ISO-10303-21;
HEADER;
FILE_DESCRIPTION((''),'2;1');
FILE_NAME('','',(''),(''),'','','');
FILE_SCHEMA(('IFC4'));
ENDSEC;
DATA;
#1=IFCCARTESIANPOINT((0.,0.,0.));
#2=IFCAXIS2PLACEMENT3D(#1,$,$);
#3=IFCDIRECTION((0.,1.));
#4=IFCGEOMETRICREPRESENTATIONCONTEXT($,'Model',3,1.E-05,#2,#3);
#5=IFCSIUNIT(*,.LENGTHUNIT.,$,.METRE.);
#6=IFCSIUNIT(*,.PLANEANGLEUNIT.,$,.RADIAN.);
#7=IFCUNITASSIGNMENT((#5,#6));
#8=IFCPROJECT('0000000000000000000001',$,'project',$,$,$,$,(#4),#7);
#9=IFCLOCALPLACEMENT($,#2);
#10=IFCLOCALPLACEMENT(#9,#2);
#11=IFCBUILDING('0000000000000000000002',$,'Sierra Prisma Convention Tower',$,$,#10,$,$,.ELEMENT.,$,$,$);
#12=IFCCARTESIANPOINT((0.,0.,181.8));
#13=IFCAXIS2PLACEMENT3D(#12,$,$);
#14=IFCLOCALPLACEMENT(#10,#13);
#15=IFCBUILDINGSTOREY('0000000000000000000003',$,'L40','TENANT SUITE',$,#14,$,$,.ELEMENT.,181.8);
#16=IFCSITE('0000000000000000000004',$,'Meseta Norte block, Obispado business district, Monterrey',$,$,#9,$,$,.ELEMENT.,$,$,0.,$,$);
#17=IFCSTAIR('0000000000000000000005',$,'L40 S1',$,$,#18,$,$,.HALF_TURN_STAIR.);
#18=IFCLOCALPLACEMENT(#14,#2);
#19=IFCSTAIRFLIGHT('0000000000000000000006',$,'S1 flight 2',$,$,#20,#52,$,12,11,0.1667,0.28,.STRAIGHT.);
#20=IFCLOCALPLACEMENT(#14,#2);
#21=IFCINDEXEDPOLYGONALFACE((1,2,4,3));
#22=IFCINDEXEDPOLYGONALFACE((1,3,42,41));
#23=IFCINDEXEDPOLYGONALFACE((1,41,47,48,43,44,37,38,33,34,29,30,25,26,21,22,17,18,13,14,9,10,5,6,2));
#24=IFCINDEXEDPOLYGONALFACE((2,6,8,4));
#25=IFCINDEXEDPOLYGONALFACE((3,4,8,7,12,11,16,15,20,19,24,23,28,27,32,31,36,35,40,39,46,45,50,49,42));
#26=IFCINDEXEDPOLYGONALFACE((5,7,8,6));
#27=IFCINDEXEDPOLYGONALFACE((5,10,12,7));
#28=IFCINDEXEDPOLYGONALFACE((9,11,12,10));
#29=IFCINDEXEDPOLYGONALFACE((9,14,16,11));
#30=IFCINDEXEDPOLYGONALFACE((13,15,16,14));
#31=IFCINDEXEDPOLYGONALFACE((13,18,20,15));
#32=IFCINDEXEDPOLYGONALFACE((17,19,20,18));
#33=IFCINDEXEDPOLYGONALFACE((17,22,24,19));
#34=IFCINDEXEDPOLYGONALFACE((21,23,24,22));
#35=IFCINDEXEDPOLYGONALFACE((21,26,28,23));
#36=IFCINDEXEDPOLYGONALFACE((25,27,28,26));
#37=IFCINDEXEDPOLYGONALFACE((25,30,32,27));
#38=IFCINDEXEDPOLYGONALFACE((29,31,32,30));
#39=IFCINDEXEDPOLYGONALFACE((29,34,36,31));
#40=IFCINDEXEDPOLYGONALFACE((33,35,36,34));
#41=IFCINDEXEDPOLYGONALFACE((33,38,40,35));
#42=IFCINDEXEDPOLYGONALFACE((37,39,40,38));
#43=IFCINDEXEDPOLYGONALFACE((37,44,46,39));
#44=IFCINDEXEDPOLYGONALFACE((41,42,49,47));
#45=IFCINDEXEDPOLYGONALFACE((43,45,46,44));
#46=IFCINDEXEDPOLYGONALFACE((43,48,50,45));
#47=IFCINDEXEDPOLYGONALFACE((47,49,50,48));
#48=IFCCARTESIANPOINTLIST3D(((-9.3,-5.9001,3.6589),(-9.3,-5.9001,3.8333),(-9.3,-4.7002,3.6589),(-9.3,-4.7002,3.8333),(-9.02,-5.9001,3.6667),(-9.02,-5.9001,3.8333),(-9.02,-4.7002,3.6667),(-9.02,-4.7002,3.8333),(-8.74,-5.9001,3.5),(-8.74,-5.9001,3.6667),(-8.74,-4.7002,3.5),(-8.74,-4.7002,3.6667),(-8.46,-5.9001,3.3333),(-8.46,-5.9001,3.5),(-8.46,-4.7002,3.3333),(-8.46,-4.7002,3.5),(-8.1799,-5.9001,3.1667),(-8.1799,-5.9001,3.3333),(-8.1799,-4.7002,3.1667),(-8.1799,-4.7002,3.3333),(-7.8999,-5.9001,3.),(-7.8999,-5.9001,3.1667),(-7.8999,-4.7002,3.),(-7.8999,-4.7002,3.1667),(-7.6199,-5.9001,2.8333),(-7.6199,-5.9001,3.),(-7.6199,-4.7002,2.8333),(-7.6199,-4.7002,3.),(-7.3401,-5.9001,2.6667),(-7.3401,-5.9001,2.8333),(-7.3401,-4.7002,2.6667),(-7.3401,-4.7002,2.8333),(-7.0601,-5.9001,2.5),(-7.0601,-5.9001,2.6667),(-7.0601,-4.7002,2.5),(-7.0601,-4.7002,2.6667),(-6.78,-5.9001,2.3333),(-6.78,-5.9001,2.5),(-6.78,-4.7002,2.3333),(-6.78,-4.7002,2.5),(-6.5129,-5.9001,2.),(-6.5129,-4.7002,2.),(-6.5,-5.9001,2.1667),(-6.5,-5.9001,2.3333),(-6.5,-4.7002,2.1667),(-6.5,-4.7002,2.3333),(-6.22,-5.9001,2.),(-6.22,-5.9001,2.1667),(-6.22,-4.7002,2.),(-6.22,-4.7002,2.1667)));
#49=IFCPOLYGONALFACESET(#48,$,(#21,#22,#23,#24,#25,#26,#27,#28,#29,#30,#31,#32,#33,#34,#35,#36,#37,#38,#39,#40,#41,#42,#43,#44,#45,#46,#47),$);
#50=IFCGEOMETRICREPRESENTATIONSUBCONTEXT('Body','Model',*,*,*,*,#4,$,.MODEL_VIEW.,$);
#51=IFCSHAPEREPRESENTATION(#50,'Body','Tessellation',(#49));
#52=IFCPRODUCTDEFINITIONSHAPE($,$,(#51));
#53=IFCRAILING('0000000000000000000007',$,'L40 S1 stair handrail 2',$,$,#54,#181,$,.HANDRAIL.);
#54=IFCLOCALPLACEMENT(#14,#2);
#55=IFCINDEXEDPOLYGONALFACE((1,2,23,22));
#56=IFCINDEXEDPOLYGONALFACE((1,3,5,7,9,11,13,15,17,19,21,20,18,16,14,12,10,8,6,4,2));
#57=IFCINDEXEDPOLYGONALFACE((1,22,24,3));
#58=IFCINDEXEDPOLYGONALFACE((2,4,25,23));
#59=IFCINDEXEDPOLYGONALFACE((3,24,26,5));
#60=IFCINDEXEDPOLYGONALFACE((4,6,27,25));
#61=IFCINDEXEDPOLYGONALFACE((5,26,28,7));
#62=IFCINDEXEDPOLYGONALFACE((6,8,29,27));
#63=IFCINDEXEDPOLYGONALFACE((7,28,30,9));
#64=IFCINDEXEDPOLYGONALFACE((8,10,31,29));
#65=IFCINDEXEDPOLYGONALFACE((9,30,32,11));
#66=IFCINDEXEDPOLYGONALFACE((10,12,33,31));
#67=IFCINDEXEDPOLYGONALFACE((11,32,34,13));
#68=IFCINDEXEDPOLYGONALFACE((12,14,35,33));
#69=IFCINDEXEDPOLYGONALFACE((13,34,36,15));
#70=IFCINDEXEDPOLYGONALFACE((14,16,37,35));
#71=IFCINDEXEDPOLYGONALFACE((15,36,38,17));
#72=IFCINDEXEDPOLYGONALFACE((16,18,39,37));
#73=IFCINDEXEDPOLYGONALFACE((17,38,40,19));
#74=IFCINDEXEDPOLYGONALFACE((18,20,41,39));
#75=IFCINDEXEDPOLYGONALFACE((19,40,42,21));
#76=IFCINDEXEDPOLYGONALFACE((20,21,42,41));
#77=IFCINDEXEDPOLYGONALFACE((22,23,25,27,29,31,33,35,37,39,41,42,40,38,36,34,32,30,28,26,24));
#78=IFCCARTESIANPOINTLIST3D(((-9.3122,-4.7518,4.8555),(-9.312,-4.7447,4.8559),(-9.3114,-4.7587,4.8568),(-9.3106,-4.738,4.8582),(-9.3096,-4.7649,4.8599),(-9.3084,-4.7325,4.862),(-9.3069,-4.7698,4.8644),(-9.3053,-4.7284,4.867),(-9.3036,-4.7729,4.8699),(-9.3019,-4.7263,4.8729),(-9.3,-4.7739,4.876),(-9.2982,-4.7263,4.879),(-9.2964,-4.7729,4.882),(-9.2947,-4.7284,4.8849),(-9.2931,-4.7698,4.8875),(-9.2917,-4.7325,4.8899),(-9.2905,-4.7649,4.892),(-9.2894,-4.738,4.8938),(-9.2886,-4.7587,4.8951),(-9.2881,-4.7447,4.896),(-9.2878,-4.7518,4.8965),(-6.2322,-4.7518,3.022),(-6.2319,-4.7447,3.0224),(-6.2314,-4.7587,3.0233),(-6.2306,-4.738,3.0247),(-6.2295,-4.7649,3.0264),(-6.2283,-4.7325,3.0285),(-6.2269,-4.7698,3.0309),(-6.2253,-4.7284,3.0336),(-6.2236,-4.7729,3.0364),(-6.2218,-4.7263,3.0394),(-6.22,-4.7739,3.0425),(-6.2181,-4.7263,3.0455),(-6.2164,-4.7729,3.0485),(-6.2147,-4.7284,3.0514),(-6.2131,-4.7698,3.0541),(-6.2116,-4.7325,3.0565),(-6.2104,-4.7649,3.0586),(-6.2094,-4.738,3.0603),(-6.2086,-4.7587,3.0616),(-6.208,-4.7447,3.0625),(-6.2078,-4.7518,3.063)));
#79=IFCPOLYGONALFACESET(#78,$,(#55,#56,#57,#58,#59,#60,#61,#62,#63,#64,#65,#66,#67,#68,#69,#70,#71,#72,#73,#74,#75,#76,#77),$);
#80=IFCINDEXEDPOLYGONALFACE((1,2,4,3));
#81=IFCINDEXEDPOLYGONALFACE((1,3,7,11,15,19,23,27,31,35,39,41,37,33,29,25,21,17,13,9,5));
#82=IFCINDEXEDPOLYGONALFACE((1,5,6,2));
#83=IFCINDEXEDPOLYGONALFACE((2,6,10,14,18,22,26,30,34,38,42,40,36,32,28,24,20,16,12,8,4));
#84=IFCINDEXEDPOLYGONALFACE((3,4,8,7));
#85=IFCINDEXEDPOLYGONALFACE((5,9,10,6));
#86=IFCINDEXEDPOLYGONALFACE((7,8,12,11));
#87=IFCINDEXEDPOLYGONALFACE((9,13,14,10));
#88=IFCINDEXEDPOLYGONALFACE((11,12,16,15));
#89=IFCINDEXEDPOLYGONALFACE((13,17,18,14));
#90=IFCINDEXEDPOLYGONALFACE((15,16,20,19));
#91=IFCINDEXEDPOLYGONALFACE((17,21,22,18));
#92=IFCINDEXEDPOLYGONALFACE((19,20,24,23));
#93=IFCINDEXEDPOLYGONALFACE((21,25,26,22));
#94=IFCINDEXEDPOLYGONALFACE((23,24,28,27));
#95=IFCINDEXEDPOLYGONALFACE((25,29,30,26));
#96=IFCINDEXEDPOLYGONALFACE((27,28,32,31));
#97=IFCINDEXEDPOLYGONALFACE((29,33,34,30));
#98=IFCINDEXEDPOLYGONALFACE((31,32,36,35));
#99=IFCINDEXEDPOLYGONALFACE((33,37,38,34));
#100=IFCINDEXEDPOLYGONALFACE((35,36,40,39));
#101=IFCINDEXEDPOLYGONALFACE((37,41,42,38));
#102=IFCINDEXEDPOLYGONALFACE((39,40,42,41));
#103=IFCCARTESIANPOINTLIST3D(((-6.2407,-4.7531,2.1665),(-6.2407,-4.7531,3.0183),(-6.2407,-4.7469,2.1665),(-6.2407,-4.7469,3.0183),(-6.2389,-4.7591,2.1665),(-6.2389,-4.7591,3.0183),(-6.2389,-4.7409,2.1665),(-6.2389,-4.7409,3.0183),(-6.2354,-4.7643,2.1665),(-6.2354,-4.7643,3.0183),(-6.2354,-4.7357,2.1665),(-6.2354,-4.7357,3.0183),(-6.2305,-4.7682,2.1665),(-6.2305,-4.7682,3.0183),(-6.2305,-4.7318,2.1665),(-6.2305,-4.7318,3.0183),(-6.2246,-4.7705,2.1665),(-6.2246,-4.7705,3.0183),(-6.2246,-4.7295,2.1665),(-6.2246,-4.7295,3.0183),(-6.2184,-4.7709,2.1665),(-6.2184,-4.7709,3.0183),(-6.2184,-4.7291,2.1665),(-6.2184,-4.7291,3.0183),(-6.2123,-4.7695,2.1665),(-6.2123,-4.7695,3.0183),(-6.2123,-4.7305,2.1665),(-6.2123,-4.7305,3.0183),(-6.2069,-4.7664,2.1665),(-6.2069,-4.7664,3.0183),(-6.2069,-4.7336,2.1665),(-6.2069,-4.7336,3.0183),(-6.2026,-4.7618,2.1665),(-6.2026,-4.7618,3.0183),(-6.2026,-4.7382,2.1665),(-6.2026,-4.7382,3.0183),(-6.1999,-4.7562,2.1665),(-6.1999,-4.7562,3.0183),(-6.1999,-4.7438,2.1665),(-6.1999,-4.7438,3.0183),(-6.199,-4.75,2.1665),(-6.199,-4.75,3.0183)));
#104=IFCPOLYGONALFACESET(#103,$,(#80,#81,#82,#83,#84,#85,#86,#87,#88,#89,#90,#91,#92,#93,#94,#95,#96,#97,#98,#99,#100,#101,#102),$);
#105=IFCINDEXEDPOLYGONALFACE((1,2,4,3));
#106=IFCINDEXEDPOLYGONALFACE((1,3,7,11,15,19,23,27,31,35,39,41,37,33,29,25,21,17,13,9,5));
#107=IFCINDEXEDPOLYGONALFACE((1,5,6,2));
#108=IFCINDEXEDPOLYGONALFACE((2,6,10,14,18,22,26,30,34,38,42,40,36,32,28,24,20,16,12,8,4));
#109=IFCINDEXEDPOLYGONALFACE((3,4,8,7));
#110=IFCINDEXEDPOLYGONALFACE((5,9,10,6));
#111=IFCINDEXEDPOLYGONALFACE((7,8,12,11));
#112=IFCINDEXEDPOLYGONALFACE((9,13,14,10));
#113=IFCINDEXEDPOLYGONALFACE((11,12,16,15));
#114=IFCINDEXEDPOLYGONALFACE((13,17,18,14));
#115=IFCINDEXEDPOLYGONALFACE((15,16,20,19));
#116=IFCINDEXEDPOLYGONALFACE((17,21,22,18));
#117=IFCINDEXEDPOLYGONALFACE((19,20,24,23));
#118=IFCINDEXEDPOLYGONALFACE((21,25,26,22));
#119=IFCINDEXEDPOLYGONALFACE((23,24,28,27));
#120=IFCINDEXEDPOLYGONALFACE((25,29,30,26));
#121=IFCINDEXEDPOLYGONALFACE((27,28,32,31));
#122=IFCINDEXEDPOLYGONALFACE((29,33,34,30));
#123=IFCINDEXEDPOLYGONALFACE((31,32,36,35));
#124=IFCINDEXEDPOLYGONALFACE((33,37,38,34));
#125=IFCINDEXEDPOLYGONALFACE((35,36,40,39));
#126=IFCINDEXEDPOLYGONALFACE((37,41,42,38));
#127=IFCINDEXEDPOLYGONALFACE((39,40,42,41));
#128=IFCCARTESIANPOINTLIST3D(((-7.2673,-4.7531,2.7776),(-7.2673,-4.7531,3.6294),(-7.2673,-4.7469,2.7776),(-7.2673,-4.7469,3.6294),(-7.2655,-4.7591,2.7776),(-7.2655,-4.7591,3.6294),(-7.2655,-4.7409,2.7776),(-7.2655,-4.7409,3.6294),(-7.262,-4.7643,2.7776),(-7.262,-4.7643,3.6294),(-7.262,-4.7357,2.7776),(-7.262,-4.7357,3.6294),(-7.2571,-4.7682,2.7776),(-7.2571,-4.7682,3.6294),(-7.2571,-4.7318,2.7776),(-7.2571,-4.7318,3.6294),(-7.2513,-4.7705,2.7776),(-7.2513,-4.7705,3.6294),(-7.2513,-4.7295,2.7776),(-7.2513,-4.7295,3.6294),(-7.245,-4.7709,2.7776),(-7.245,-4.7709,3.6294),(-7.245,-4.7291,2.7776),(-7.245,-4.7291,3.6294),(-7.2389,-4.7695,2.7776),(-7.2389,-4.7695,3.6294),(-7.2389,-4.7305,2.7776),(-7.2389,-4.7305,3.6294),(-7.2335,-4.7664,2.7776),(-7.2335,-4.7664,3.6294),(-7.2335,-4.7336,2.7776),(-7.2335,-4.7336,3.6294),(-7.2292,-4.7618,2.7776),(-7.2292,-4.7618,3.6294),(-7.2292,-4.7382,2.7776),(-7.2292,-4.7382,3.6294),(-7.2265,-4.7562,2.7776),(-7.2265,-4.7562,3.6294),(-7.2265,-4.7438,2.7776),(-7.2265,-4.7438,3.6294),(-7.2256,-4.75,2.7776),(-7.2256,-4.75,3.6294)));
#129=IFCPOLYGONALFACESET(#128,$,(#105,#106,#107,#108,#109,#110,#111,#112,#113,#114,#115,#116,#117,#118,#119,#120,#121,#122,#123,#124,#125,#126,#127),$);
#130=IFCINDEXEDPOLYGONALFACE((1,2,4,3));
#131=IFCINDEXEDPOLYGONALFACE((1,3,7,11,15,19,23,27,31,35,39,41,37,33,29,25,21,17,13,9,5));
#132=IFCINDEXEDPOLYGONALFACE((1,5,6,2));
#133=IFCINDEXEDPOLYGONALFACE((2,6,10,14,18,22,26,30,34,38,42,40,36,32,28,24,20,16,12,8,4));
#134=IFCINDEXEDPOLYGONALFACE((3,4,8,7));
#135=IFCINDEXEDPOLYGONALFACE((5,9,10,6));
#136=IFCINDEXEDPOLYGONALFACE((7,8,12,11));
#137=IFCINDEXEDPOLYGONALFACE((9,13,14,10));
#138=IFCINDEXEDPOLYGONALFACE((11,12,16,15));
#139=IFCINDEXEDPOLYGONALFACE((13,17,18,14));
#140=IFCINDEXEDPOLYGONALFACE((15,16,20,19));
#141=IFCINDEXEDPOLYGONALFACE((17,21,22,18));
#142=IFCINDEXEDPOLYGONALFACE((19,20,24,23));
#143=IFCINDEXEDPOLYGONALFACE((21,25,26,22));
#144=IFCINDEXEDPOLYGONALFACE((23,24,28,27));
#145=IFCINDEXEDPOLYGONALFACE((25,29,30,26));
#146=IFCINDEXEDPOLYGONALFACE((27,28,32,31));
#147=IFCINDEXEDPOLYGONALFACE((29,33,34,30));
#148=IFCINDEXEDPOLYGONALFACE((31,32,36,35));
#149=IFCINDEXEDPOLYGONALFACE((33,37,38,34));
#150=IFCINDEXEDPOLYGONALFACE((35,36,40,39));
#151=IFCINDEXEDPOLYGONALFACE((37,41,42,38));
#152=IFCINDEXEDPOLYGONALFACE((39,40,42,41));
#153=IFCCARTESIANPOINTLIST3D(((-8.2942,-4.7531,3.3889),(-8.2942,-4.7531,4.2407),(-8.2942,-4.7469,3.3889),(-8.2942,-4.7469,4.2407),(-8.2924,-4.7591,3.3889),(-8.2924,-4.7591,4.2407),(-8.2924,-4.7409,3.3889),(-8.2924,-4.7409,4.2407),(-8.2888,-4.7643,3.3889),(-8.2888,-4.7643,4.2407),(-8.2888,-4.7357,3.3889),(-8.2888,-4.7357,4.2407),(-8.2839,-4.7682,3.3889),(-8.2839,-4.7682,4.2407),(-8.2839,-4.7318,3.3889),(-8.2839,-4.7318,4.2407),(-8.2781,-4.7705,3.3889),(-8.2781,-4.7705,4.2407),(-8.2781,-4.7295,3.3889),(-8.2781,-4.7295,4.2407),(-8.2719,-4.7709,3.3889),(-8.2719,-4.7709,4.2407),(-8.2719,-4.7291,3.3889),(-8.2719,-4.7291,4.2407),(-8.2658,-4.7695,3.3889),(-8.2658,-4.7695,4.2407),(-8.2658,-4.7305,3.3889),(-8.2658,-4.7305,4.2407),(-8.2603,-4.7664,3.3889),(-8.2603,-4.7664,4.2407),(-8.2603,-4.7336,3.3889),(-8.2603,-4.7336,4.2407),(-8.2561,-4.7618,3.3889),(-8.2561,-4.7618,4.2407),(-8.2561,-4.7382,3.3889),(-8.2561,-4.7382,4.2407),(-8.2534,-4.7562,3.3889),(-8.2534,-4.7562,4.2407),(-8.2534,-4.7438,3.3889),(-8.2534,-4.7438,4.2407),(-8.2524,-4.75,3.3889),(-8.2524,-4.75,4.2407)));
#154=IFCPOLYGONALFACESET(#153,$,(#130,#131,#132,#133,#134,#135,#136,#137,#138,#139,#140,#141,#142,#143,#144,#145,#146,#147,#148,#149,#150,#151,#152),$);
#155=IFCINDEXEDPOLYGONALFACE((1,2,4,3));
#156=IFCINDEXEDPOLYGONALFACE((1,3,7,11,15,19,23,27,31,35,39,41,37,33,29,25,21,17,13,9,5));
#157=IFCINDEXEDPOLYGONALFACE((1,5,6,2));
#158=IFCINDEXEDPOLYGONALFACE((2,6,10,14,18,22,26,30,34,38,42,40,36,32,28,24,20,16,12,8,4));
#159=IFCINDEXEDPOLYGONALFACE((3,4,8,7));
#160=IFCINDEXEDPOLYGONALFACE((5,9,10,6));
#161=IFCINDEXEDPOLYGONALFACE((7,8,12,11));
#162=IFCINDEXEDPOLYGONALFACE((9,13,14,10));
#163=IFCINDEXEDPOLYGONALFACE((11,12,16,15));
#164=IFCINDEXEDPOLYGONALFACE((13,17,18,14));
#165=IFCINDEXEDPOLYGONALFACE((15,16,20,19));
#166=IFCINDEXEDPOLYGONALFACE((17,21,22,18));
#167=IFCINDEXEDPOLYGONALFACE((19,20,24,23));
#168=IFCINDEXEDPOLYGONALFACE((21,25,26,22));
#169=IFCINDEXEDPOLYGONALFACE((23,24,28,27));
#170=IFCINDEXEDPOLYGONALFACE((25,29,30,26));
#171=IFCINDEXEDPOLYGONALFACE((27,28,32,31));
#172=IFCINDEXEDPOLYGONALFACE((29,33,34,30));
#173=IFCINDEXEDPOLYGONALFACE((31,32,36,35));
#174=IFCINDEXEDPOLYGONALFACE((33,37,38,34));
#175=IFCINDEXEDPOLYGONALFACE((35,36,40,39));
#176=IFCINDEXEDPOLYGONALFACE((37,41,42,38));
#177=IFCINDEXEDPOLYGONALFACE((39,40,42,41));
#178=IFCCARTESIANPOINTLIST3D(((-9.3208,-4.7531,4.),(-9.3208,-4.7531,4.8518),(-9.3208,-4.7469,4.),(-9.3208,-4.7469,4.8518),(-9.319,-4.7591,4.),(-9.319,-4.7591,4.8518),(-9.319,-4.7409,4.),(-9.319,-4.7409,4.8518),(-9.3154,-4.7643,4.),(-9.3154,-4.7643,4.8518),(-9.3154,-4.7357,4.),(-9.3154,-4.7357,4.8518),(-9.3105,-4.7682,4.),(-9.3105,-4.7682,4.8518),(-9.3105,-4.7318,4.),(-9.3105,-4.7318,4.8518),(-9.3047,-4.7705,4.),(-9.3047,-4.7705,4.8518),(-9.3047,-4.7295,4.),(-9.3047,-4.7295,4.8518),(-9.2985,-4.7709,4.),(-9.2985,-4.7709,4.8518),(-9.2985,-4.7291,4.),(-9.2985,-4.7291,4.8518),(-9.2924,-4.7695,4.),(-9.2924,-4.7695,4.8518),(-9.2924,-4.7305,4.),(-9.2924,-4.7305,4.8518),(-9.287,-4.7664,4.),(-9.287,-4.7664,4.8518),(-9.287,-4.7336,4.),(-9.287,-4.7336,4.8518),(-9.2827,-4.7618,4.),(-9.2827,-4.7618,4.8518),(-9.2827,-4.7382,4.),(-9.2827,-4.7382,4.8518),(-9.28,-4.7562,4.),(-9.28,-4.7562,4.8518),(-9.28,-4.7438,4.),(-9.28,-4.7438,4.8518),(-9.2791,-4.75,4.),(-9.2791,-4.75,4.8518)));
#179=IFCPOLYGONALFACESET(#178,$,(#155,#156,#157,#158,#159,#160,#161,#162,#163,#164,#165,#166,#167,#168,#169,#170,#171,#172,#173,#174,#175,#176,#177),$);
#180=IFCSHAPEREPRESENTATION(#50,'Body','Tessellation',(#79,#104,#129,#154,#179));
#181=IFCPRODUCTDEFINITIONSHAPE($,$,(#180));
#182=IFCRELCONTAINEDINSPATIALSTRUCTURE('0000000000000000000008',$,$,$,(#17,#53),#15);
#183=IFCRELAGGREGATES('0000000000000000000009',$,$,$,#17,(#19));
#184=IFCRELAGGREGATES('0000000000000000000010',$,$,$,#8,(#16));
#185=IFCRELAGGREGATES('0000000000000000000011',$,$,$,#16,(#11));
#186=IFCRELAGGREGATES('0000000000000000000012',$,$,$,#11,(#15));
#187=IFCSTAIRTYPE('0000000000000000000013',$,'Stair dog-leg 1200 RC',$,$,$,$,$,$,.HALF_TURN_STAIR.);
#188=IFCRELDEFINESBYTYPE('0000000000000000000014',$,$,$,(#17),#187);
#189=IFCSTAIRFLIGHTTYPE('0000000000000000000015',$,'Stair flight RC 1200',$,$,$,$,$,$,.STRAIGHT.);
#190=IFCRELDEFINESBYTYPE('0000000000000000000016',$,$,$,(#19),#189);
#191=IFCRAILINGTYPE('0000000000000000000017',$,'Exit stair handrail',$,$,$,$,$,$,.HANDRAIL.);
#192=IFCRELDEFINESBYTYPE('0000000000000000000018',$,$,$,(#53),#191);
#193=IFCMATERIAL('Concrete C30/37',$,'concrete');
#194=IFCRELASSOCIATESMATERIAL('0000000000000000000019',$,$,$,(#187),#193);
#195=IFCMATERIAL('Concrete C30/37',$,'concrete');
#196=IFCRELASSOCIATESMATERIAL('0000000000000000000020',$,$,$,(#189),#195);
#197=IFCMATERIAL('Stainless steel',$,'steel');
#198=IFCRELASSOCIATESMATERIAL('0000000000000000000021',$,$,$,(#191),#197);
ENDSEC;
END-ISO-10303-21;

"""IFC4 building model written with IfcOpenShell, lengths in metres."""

from ifc_helpers import new_model, si_unit, direction, frame, origin, origin_2d, place, context, subcontext, project, spatial, polyline, circle, outline, extrude, material, type_object, element, aggregate, save


model = new_model("IFC4")

# Units and contexts
model_context = context("Model", 3, precision=1e-05, world=origin(), true_north=direction((0.0, 1.0)))
body_context = subcontext(model_context, "Body", "Model", "MODEL_VIEW")
ifc_project = project(units=[si_unit("LENGTHUNIT", "METRE"), si_unit("PLANEANGLEUNIT", "RADIAN")], contexts=[model_context])

# Site, building, storey
site_placement = place(None, origin())
site = spatial("IfcSite", under=ifc_project, at=site_placement, Name="Meseta Norte block, Obispado business district, Monterrey", CompositionType="ELEMENT", RefElevation=0.0)
building_placement = place(site_placement, origin())
building = spatial("IfcBuilding", under=site, at=building_placement, Name="Sierra Prisma Convention Tower", CompositionType="ELEMENT")
storey_placement = place(building_placement, frame((0.0, 0.0, 181.8)))
storey = spatial("IfcBuildingStorey", under=building, at=storey_placement, Name="L40", Description="TENANT SUITE", CompositionType="ELEMENT", Elevation=181.8)

# Stair, stair flight
ifc_material_1 = material(Name="Concrete C30/37", Category="concrete")
stair_type = type_object("IfcStairType", Name="Stair dog-leg 1200 RC", PredefinedType="HALF_TURN_STAIR", material=ifc_material_1)
stair_placement = place(storey_placement, origin())
stair = element("IfcStair", 1, at=stair_placement, inside=storey, type_object=stair_type, Name="L40 S1", PredefinedType="HALF_TURN_STAIR")
ifc_material_2 = material(Name="Concrete C30/37", Category="concrete")
stair_flight_type = type_object("IfcStairFlightType", Name="Stair flight RC 1200", PredefinedType="STRAIGHT", material=ifc_material_2)
stair_flight_1_placement = place(storey_placement, frame((-6.22, -5.3, 2.0), z_axis=(0.0, 0.0, 1.0), x_axis=(-1.0, 0.0, 0.0)))
stair_flight_1 = element("IfcStairFlight", 2, at=stair_flight_1_placement, type_object=stair_flight_type, Name="S1 flight 2", NumberOfRisers=12, NumberOfTreads=11, PredefinedType="STRAIGHT", RiserHeight=0.1667, TreadLength=0.28, context=body_context, shape_type="SweptSolid", body=[
    extrude(outline(polyline([(0.0, 0.0), (0.0, 0.1667), (0.28, 0.1667), (0.28, 0.3333), (0.5601, 0.3333), (0.5601, 0.5), (0.8401, 0.5), (0.8401, 0.6667), (1.1201, 0.6667), (1.1201, 0.8333), (1.3999, 0.8333), (1.3999, 1.0), (1.6799, 1.0), (1.6799, 1.1667), (1.96, 1.1667), (1.96, 1.3333), (2.24, 1.3333), (2.24, 1.5), (2.52, 1.5), (2.52, 1.6667), (2.8, 1.6667), (2.8, 1.8333), (3.0801, 1.8333), (3.0801, 2.0), (3.0801, 1.6589), (0.293, 0.0), (0.0, 0.0)])), frame((0.0, 0.6001, 0.0), z_axis=(0.0, -1.0, 0.0), x_axis=(1.0, 0.0, 0.0)), (0.0, 0.0, 1.0), 1.2),
])
aggregate(stair, [stair_flight_1])

# Railing
ifc_material_3 = material(Name="Stainless steel", Category="steel")
railing_type_1 = type_object("IfcRailingType", Name="Exit stair handrail", PredefinedType="HANDRAIL", material=ifc_material_3)
railing_1_placement = place(storey_placement, frame((-6.22, -4.75, 2.1665)))
element("IfcRailing", 3, at=railing_1_placement, inside=storey, type_object=railing_type_1, Name="L40 S1 stair handrail 2", PredefinedType="HANDRAIL", context=body_context, shape_type="SweptSolid", body=[
    extrude(circle(Radius=0.0239, at=origin_2d()), frame((0.0, 0.0, 0.876), z_axis=(-0.859279, 0.0, 0.511508), x_axis=(0.0, -1.0, 0.0)), (0.0, 0.0, 1.0), 3.5845),
    extrude(circle(Radius=0.021, at=origin_2d()), origin(), (0.0, 0.0, 1.0), 0.8518),
    extrude(circle(Radius=0.021, at=origin_2d()), frame((-1.0266, 0.0, 0.6111)), (0.0, 0.0, 1.0), 0.8518),
    extrude(circle(Radius=0.021, at=origin_2d()), frame((-2.0535, 0.0, 1.2224)), (0.0, 0.0, 1.0), 0.8518),
    extrude(circle(Radius=0.021, at=origin_2d()), frame((-3.0801, 0.0, 1.8335)), (0.0, 0.0, 1.0), 0.8518),
])

save(model, "model.ifc")
